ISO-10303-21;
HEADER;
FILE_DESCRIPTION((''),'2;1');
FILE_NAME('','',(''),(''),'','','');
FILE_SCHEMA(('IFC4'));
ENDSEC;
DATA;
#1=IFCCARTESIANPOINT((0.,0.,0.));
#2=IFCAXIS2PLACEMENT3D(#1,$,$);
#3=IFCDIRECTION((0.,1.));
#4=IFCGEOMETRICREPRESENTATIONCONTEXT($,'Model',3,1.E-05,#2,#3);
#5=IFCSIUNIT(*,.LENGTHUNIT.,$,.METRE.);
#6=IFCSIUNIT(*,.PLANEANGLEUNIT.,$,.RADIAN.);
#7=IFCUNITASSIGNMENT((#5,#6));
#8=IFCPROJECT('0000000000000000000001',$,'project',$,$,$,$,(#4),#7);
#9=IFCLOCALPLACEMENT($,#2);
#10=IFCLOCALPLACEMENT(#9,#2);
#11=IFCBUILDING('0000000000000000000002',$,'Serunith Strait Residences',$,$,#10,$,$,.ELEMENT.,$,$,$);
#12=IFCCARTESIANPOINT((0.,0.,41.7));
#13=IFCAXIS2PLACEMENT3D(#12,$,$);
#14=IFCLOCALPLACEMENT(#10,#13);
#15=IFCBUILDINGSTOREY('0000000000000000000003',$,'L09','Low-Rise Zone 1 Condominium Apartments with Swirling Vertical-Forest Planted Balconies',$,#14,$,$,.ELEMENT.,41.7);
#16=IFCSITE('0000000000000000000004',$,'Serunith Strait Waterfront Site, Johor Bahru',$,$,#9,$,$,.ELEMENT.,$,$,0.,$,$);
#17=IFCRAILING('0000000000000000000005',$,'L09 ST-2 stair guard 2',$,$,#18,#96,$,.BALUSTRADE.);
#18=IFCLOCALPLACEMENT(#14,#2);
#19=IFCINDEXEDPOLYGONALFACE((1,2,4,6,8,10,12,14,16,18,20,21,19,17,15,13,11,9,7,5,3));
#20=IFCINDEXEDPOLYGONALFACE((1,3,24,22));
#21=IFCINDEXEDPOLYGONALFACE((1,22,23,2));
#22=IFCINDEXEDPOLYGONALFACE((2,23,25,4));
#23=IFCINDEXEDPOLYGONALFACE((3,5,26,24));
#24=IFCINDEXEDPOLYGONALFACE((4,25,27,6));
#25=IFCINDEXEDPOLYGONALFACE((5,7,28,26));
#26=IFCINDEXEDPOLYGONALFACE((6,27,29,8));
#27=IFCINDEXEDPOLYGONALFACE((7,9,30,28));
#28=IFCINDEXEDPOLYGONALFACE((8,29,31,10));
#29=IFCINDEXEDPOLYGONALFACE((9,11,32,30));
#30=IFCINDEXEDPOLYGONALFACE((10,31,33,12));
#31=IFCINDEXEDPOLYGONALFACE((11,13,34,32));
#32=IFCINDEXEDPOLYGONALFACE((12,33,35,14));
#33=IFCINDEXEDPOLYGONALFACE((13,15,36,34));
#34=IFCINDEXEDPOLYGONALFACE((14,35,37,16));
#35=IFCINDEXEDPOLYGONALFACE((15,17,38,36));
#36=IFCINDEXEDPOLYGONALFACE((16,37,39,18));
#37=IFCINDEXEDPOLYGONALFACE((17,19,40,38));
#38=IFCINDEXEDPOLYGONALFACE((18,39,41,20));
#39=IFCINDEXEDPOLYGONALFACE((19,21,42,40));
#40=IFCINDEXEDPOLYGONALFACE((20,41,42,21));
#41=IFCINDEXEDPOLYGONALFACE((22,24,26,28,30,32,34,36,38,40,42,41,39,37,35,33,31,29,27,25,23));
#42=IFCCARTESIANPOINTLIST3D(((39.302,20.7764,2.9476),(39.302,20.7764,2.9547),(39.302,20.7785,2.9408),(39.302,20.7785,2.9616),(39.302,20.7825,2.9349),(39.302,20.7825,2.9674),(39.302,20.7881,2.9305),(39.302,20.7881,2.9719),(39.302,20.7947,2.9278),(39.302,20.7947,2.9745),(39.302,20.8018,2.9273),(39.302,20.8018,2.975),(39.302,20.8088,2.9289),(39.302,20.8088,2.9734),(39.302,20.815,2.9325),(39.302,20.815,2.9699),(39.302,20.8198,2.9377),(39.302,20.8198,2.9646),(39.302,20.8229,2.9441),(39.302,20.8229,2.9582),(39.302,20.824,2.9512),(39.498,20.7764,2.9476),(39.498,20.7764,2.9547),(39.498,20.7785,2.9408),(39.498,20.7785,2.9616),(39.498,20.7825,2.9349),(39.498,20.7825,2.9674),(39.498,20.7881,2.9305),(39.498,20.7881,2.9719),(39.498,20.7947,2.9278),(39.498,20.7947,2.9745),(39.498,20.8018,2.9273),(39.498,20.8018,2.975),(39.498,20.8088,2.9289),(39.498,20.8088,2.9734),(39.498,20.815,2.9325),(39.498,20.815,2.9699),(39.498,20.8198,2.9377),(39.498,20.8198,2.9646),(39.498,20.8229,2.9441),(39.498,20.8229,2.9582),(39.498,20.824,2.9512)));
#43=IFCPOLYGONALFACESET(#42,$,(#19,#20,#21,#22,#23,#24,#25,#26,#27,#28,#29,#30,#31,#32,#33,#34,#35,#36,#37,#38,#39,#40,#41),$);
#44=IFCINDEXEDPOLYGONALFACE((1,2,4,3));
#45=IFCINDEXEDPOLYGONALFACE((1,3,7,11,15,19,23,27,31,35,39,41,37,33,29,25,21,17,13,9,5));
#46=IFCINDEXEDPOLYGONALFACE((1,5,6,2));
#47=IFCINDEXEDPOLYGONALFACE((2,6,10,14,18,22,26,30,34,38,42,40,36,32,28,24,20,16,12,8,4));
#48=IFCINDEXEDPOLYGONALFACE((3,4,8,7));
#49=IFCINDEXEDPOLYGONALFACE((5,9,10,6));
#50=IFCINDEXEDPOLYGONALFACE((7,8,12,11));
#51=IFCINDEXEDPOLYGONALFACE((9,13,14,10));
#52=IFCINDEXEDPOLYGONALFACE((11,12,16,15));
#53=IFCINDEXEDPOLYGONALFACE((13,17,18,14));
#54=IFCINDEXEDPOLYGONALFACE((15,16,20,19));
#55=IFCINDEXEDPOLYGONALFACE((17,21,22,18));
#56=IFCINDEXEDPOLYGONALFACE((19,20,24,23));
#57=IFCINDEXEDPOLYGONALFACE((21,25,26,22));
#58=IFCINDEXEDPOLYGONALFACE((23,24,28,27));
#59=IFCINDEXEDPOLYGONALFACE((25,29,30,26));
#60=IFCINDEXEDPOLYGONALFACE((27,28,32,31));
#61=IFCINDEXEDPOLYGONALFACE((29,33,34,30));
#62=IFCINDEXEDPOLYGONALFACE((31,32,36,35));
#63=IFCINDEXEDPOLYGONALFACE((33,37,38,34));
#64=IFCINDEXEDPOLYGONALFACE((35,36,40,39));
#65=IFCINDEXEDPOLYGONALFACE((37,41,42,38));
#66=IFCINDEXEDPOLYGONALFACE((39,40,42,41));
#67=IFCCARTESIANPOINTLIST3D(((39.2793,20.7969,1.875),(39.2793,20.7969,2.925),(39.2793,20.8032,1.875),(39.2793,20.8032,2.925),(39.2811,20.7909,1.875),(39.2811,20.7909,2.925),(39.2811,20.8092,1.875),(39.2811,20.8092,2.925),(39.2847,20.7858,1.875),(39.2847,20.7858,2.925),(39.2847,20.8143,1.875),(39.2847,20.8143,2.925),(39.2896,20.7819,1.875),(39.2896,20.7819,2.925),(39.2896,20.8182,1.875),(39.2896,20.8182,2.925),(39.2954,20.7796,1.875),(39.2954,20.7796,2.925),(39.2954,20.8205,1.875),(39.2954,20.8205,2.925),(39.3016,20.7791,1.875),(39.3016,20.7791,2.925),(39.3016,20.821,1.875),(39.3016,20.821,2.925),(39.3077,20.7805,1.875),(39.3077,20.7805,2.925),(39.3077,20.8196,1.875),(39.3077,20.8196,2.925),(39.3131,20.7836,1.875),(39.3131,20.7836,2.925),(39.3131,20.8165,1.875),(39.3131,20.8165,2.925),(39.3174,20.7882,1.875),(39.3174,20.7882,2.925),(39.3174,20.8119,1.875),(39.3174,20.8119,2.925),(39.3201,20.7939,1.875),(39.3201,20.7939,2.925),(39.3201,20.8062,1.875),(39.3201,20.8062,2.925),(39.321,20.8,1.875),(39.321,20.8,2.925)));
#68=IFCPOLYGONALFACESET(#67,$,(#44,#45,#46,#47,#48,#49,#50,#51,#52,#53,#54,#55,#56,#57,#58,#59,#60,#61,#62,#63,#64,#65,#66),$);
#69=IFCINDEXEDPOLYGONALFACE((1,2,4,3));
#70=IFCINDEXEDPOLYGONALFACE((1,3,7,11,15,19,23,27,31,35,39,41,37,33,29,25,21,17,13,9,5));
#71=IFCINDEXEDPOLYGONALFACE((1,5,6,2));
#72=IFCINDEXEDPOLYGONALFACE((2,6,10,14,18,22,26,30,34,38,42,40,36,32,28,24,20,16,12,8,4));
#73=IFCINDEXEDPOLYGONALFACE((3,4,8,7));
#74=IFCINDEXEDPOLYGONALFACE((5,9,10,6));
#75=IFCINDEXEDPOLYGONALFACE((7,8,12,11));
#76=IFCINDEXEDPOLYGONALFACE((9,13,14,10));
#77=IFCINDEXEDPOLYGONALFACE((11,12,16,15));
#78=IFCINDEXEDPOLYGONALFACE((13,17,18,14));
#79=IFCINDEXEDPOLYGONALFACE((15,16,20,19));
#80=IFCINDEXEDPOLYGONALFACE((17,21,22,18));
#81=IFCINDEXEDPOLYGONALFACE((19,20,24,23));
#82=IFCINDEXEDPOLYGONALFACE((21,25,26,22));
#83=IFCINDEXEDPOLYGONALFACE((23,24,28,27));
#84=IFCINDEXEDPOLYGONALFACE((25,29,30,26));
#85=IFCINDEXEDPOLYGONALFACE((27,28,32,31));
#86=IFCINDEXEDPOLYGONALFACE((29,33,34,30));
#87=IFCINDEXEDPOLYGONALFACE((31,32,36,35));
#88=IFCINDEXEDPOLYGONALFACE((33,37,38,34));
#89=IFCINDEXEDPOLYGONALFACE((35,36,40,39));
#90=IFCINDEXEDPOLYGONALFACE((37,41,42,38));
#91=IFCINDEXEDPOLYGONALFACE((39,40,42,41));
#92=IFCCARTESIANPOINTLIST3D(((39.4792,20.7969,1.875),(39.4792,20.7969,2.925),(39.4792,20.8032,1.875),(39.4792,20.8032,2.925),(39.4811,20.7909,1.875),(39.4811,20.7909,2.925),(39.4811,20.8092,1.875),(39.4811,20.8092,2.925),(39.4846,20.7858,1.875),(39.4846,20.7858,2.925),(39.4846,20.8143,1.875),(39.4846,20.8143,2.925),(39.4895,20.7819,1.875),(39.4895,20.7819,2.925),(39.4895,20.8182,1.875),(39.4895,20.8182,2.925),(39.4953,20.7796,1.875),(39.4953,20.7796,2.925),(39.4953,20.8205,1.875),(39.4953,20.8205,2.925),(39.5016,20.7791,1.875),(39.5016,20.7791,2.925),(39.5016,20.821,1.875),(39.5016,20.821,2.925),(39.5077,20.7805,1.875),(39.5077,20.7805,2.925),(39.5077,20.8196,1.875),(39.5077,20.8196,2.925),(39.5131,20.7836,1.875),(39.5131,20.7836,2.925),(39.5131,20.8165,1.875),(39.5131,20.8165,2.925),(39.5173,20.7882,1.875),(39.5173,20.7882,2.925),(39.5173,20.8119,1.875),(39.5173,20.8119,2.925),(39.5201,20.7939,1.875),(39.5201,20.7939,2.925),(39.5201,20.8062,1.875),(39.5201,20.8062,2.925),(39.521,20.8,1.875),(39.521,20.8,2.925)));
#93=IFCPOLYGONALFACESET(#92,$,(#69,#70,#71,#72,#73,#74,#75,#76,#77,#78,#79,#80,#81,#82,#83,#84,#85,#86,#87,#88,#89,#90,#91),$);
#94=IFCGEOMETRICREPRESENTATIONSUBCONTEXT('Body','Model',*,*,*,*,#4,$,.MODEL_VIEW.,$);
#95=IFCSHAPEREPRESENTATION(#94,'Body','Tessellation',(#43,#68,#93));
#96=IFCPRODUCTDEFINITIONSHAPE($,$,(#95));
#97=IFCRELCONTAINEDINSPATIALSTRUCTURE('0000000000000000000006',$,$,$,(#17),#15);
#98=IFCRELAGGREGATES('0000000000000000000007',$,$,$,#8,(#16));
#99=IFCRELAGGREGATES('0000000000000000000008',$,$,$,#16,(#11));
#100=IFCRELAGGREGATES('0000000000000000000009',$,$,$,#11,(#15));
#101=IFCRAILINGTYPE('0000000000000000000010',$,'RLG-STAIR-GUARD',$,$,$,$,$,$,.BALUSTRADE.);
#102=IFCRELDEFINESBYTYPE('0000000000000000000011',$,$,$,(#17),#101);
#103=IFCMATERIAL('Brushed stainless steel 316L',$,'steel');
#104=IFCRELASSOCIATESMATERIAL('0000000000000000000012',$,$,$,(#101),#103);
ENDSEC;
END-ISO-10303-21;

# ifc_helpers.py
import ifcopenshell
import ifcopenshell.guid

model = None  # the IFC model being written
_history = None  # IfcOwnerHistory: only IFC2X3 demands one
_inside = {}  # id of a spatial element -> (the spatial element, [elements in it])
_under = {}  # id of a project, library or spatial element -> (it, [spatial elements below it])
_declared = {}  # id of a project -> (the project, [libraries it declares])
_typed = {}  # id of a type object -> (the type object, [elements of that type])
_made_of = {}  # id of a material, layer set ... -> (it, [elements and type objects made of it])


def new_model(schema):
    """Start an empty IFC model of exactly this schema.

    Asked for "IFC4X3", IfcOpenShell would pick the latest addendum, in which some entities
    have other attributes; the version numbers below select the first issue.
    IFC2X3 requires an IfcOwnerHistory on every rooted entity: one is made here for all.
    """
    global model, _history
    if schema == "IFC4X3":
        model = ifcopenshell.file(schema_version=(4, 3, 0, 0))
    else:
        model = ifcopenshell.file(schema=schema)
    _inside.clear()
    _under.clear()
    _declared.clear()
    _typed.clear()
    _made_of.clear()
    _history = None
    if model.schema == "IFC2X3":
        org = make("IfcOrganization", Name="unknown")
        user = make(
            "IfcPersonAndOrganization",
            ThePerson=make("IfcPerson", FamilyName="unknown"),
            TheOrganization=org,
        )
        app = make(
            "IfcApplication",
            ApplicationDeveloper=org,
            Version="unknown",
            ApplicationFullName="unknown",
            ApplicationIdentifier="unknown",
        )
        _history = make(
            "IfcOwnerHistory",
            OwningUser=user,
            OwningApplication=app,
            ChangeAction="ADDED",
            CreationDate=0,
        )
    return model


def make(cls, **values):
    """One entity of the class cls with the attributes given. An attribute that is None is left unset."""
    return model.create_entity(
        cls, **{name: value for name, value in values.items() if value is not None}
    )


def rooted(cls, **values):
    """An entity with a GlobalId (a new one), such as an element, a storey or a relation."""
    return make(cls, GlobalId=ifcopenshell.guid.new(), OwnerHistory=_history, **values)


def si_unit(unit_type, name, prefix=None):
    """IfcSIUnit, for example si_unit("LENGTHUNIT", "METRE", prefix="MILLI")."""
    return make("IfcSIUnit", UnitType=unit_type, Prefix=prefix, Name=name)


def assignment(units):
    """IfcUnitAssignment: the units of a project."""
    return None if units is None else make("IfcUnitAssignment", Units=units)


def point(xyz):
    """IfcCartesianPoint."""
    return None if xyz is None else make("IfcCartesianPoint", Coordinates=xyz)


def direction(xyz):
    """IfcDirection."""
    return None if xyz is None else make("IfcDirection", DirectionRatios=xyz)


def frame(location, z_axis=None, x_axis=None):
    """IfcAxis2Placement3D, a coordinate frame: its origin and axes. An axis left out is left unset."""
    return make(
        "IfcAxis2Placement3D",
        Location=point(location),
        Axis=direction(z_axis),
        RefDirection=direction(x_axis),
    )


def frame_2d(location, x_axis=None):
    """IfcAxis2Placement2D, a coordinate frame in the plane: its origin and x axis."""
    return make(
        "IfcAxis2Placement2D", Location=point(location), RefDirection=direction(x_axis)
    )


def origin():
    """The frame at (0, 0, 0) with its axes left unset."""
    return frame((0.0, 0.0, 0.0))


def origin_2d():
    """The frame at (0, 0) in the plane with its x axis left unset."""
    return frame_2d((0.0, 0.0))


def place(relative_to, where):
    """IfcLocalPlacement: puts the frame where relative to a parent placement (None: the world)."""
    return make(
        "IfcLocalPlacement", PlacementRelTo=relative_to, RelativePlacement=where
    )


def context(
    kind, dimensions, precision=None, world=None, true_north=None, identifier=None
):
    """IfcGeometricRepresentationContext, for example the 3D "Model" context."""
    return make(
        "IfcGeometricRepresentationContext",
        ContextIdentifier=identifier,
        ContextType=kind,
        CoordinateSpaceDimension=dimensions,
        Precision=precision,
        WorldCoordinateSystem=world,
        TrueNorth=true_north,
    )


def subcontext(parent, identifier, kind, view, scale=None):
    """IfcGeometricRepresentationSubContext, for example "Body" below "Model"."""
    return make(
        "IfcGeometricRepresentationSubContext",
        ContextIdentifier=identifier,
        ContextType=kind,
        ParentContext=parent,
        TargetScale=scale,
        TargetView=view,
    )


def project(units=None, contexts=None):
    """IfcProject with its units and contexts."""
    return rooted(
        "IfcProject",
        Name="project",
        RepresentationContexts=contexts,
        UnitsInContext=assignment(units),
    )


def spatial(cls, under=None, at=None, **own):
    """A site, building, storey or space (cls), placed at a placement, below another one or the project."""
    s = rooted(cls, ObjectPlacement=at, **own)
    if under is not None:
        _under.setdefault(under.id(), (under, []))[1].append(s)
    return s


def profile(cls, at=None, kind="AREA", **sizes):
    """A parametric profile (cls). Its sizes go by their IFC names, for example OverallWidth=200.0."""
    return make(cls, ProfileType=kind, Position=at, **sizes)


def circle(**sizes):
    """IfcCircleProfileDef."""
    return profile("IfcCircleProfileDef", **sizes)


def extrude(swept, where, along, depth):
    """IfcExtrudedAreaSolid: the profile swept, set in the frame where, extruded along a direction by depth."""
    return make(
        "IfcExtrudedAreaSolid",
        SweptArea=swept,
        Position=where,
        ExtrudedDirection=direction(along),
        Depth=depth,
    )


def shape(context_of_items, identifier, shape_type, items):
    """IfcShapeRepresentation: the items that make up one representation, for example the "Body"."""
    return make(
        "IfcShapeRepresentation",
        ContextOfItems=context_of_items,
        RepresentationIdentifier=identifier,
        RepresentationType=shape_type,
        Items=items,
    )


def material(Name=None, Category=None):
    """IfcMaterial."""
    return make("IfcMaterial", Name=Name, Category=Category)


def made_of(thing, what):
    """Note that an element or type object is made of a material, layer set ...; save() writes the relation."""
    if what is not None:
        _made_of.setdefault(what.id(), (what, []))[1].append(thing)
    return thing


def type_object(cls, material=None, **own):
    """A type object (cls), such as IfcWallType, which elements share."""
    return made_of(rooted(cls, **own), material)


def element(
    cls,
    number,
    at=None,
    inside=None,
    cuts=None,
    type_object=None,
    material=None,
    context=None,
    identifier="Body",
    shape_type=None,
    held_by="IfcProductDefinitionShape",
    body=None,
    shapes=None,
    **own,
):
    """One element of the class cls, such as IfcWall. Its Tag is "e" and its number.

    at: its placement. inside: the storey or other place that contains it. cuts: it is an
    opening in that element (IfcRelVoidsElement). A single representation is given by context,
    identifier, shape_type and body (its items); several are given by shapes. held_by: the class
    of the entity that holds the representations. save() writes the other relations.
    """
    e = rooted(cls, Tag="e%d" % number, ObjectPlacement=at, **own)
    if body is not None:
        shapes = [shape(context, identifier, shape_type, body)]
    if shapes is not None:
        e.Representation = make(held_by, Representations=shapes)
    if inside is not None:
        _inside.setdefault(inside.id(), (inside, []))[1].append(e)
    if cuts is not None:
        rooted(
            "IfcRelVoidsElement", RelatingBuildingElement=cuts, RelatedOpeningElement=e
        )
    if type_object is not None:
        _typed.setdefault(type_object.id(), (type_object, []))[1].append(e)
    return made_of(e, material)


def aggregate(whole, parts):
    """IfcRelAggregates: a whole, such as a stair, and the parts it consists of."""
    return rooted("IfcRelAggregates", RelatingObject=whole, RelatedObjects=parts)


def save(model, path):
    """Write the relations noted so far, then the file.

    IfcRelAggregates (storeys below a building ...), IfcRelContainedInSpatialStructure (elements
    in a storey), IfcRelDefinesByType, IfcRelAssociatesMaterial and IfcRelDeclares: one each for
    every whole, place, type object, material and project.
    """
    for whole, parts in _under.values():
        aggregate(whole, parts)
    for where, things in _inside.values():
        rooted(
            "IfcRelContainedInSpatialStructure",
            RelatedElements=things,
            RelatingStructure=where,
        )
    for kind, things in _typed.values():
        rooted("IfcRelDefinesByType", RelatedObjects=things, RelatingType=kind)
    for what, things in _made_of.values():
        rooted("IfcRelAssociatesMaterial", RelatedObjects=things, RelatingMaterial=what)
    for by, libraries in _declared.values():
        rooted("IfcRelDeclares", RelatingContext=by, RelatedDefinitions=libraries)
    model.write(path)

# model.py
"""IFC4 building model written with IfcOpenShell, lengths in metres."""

from ifc_helpers import new_model, si_unit, direction, frame, origin, origin_2d, place, context, subcontext, project, spatial, circle, extrude, material, type_object, element, save


model = new_model("IFC4")

# Units and contexts
model_context = context("Model", 3, precision=1e-05, world=origin(), true_north=direction((0.0, 1.0)))
body_context = subcontext(model_context, "Body", "Model", "MODEL_VIEW")
ifc_project = project(units=[si_unit("LENGTHUNIT", "METRE"), si_unit("PLANEANGLEUNIT", "RADIAN")], contexts=[model_context])

# Site, building, storey
site_placement = place(None, origin())
site = spatial("IfcSite", under=ifc_project, at=site_placement, Name="Serunith Strait Waterfront Site, Johor Bahru", CompositionType="ELEMENT", RefElevation=0.0)
building_placement = place(site_placement, origin())
building = spatial("IfcBuilding", under=site, at=building_placement, Name="Serunith Strait Residences", CompositionType="ELEMENT")
storey_placement = place(building_placement, frame((0.0, 0.0, 41.7)))
storey = spatial("IfcBuildingStorey", under=building, at=storey_placement, Name="L09", Description="Low-Rise Zone 1 Condominium Apartments with Swirling Vertical-Forest Planted Balconies", CompositionType="ELEMENT", Elevation=41.7)

# Railing
ifc_material_1 = material(Name="Brushed stainless steel 316L", Category="steel")
railing_type_1 = type_object("IfcRailingType", Name="RLG-STAIR-GUARD", PredefinedType="BALUSTRADE", material=ifc_material_1)
railing_1_placement = place(storey_placement, frame((39.3, 20.8, 1.875)))
element("IfcRailing", 1, at=railing_1_placement, inside=storey, type_object=railing_type_1, Name="L09 ST-2 stair guard 2", PredefinedType="BALUSTRADE", context=body_context, shape_type="SweptSolid", body=[
    extrude(circle(Radius=0.0239, at=origin_2d()), frame((0.002, 0.0, 1.0762), z_axis=(1.0, 0.0, 0.0), x_axis=(0.0, 1.0, 0.0)), (0.0, 0.0, 1.0), 0.196),
    extrude(circle(Radius=0.021, at=origin_2d()), origin(), (0.0, 0.0, 1.0), 1.05),
    extrude(circle(Radius=0.021, at=origin_2d()), frame((0.2, 0.0, 0.0)), (0.0, 0.0, 1.0), 1.05),
])

save(model, "model.ifc")
